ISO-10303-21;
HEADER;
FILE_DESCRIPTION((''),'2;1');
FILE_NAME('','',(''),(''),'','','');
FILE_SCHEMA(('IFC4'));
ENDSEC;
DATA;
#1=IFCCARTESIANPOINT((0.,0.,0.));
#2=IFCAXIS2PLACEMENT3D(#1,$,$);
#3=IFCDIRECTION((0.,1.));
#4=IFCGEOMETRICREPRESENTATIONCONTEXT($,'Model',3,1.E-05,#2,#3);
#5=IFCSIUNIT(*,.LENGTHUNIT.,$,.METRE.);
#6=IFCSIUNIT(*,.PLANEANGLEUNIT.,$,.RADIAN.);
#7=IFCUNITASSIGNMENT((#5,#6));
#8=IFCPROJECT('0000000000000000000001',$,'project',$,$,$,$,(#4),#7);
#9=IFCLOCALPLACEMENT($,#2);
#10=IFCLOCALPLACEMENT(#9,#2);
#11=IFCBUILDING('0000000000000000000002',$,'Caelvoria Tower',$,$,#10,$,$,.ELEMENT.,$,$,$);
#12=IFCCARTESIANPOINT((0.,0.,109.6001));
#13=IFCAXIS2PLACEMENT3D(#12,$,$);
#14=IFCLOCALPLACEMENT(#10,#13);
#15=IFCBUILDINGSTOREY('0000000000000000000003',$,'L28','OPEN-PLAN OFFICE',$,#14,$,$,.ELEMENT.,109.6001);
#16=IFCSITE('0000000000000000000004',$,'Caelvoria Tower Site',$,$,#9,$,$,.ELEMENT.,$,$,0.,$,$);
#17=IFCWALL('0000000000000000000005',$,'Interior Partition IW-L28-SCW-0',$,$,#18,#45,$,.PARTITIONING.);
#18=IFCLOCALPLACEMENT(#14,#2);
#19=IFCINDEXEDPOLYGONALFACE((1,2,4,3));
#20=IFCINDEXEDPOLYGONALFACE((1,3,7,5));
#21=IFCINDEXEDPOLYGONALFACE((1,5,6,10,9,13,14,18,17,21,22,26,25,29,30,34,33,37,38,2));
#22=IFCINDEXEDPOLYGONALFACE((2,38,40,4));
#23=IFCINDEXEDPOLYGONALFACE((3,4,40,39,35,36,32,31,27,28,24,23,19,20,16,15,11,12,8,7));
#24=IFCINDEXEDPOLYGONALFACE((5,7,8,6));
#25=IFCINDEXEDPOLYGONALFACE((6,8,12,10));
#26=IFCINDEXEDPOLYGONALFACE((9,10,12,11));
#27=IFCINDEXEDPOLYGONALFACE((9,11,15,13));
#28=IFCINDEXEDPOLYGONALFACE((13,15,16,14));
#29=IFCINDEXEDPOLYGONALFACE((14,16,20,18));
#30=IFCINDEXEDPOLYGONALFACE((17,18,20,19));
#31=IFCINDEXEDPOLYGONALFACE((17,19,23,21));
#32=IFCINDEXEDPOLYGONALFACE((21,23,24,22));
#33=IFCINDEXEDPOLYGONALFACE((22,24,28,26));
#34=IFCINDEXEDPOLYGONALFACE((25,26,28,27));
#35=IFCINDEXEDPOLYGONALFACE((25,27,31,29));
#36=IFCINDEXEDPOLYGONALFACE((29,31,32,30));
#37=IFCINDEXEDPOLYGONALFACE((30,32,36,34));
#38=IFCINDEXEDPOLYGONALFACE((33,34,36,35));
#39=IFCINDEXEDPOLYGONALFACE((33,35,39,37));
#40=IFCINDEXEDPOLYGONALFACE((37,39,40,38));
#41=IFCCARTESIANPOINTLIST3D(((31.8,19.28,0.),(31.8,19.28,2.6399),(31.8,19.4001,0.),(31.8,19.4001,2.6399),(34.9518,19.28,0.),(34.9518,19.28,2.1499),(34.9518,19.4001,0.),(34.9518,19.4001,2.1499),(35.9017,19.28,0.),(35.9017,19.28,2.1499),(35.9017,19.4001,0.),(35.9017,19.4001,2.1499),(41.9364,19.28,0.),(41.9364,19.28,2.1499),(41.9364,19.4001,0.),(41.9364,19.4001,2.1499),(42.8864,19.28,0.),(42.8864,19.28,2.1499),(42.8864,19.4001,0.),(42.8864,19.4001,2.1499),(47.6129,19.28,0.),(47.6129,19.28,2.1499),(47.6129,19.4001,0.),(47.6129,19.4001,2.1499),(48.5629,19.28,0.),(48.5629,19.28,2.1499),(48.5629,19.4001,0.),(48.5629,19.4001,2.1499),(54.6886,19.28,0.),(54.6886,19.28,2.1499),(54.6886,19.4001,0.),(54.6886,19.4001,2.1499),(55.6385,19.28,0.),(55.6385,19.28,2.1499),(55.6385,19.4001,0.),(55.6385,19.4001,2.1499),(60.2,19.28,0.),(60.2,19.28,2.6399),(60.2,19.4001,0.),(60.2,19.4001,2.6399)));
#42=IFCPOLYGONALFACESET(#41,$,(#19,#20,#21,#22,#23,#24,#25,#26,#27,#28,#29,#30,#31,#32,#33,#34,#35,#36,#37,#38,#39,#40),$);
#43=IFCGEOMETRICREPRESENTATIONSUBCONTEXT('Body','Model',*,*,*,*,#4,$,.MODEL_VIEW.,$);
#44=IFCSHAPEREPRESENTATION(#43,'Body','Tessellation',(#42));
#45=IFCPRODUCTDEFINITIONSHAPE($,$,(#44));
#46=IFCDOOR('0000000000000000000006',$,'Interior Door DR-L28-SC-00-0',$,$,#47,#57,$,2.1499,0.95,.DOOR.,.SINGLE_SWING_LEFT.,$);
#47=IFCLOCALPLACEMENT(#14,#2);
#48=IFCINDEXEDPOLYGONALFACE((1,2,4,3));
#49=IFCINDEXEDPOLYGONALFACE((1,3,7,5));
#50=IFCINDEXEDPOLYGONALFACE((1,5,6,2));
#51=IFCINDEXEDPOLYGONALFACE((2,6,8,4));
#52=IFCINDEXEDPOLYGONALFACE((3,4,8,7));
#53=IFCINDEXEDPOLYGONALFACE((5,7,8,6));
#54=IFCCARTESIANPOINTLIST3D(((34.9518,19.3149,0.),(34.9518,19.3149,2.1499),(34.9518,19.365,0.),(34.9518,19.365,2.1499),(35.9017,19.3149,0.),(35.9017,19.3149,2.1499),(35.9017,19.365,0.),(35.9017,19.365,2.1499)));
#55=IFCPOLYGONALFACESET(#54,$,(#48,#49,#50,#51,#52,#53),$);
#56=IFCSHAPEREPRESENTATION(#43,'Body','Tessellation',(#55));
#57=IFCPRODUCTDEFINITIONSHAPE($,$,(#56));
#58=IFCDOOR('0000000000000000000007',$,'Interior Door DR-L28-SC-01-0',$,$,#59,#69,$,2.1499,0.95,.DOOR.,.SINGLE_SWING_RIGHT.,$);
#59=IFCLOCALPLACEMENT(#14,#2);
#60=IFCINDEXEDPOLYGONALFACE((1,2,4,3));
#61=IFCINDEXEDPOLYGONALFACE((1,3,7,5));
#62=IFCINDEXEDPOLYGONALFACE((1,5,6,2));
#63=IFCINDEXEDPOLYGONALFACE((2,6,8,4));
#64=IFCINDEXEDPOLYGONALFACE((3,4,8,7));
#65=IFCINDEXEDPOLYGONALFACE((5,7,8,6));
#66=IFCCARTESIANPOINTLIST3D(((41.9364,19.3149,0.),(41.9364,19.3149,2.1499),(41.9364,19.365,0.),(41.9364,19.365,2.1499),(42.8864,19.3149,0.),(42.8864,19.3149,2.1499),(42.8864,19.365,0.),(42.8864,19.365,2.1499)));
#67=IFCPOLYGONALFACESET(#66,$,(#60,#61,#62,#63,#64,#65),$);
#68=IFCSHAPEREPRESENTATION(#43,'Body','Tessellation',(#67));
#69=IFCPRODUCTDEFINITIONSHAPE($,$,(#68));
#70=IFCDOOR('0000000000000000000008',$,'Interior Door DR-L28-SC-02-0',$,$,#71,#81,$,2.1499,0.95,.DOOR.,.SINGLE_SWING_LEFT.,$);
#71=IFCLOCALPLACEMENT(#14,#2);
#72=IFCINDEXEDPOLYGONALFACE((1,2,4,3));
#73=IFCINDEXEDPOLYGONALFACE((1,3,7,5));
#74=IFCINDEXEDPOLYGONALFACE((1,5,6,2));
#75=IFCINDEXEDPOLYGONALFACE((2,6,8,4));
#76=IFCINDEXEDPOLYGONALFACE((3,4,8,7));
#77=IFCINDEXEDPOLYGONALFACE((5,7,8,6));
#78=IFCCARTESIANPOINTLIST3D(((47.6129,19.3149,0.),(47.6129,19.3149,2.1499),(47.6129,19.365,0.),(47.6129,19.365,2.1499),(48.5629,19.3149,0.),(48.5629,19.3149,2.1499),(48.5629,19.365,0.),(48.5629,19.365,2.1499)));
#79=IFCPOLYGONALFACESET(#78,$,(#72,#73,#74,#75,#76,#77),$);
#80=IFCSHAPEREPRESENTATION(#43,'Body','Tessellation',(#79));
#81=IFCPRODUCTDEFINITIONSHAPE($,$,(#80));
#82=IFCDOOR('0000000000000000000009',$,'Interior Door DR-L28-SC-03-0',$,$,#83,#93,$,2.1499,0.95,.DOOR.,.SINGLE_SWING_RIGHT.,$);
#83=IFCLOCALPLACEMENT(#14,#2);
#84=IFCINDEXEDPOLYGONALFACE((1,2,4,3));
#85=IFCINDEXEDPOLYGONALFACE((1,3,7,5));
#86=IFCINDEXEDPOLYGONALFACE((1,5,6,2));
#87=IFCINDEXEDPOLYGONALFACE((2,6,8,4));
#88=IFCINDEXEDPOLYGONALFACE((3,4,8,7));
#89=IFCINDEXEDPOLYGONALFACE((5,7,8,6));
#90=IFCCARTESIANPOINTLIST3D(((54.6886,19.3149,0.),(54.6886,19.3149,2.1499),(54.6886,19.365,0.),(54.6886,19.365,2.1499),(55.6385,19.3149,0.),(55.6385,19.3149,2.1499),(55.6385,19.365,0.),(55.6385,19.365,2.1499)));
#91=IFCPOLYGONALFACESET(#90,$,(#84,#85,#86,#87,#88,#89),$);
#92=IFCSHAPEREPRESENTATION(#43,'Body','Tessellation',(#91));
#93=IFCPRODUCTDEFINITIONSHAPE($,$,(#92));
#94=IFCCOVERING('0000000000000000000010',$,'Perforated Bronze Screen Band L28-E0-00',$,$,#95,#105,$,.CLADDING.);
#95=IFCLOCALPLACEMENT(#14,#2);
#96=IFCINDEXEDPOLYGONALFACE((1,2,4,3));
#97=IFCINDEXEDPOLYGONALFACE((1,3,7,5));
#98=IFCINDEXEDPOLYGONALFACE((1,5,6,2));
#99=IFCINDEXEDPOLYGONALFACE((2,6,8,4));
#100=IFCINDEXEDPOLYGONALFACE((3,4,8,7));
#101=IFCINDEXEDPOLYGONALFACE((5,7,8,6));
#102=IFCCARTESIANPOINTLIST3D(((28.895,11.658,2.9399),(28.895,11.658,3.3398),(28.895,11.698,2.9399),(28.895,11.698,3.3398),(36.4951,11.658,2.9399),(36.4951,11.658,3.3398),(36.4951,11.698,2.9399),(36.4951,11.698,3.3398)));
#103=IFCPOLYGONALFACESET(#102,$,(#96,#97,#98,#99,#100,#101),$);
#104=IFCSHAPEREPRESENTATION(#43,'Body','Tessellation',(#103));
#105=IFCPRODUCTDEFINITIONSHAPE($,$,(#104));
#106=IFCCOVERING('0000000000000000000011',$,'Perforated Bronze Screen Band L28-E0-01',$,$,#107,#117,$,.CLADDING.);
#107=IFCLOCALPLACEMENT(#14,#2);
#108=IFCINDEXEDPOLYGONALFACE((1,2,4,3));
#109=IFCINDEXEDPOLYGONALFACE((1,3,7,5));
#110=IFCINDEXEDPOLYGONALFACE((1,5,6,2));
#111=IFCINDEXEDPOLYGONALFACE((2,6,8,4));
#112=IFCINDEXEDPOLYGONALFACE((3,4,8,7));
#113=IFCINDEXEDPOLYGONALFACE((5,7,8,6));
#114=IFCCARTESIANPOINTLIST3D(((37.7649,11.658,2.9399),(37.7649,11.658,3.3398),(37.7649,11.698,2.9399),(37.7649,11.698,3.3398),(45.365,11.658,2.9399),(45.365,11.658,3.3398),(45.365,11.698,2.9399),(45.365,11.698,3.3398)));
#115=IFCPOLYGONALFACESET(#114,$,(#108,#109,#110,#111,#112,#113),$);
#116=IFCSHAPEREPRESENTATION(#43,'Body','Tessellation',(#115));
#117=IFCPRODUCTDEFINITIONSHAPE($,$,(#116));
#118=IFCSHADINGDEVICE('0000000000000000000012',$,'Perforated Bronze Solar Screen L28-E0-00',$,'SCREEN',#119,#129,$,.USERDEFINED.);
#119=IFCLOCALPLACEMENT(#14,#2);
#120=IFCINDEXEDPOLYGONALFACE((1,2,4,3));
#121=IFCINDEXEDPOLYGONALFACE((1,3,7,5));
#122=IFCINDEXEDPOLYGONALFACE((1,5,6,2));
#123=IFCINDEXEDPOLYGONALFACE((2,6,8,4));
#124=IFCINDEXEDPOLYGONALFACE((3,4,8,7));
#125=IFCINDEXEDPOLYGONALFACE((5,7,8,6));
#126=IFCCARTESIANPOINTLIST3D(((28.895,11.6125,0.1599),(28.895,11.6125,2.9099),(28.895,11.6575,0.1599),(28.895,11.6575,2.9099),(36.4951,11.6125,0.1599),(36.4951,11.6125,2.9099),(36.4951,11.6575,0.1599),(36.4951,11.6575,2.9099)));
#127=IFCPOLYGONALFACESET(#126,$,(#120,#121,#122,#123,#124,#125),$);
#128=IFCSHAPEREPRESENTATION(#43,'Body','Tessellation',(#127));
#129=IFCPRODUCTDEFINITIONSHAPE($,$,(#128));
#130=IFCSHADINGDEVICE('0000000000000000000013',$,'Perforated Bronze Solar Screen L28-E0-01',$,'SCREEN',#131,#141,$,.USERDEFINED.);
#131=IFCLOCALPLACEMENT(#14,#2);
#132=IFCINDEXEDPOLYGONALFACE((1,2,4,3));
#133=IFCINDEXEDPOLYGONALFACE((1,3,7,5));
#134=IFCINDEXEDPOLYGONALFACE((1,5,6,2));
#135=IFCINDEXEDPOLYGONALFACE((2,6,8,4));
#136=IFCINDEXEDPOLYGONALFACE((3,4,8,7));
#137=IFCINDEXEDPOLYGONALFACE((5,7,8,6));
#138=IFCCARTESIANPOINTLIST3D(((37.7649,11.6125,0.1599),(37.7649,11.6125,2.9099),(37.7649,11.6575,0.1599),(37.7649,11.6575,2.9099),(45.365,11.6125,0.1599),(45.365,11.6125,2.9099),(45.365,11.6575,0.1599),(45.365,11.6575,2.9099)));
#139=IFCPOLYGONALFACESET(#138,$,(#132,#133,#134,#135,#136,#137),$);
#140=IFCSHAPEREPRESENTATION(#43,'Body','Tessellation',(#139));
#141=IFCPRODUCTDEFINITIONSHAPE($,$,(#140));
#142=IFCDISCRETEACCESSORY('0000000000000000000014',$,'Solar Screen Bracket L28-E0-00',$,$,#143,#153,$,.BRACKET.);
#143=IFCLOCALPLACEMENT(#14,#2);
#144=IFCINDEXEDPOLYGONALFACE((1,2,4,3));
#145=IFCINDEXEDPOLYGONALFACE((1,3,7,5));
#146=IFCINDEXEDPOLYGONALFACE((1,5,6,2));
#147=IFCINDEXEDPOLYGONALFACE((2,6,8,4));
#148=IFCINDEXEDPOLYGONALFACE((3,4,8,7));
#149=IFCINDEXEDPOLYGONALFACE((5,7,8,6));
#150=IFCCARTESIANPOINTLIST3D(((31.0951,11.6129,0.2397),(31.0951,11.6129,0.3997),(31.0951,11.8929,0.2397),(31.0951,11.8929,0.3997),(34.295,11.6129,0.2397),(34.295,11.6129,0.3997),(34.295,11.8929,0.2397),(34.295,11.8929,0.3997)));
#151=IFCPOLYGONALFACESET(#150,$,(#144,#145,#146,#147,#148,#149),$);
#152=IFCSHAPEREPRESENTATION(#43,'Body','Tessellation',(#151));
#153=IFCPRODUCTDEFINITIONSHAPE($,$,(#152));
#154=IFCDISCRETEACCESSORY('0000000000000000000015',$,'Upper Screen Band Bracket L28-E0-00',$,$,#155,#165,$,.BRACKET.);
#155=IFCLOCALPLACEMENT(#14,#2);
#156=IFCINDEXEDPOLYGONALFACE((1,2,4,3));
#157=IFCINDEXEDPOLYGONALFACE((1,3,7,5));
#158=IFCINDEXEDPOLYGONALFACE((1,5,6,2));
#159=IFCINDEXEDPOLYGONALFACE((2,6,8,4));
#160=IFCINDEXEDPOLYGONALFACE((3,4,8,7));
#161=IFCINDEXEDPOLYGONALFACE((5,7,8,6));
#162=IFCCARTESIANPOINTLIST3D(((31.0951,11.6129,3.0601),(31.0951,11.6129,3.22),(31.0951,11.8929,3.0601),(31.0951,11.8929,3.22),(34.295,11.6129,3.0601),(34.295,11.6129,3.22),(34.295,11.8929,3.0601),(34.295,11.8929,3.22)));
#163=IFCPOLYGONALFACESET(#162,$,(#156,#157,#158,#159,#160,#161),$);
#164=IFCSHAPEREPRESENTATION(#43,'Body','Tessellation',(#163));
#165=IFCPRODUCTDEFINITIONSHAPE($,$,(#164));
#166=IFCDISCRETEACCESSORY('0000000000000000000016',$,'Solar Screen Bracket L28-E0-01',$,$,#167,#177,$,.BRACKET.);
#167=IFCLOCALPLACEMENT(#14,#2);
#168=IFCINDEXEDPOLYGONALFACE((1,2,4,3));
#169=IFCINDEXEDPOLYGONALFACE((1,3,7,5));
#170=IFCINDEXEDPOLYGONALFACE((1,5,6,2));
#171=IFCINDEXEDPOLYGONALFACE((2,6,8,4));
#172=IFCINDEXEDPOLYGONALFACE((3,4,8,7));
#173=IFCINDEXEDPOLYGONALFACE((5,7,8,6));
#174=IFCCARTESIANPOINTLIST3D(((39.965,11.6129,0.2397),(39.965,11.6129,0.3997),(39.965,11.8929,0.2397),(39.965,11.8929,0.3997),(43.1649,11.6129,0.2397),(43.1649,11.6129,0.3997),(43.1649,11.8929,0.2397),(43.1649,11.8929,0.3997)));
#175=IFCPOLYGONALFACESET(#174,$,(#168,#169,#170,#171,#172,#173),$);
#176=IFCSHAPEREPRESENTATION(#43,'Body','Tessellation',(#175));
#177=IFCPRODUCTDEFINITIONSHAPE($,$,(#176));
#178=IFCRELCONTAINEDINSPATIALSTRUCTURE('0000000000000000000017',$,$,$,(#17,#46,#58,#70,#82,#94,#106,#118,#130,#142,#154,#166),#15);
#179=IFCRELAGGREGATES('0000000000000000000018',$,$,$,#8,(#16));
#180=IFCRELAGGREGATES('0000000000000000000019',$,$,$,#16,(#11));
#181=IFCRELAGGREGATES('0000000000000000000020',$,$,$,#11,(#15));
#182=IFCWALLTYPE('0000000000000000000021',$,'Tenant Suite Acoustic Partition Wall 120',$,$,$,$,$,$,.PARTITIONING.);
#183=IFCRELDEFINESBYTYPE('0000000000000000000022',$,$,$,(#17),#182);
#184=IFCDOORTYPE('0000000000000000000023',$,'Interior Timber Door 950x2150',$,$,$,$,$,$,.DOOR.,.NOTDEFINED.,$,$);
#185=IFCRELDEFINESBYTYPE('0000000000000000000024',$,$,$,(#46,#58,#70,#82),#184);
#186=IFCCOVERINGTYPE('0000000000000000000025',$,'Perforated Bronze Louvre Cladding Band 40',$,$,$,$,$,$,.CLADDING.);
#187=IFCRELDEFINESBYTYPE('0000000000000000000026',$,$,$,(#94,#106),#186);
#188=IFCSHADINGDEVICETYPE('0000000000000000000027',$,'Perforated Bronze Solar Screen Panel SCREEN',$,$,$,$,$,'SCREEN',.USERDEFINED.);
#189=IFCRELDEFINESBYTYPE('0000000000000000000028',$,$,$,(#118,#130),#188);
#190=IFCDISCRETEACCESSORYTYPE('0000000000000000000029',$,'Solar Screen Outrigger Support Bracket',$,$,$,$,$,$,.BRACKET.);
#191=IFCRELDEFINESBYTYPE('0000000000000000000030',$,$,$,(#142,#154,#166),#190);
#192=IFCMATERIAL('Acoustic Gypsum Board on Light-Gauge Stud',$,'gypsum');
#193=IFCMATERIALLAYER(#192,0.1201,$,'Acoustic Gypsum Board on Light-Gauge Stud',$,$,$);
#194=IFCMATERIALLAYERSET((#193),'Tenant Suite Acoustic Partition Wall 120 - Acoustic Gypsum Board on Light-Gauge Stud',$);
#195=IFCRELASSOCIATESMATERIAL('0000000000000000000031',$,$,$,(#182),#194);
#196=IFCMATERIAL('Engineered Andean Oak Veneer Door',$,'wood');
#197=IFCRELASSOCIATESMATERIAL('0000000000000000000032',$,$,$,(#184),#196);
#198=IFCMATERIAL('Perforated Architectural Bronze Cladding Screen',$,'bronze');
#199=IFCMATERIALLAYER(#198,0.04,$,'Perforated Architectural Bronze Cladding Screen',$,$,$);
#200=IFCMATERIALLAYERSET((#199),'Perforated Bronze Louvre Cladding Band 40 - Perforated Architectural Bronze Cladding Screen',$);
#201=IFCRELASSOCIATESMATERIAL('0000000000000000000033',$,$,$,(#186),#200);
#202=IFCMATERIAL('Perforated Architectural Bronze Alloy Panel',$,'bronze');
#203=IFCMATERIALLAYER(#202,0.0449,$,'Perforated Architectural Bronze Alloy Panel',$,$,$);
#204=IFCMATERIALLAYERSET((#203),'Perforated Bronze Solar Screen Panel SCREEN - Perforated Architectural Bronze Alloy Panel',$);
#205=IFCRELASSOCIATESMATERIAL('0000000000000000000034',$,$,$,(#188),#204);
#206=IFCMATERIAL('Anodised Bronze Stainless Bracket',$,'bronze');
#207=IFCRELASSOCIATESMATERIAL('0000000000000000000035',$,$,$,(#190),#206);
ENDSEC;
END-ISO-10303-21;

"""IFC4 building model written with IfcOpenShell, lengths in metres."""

from ifc_helpers import new_model, si_unit, direction, frame, frame_2d, origin, origin_2d, place, context, subcontext, project, spatial, rectangle, extrude, material, layer, layer_set, type_object, element, fill, save


model = new_model("IFC4")

# Units and contexts
model_context = context("Model", 3, precision=1e-05, world=origin(), true_north=direction((0.0, 1.0)))
body_context = subcontext(model_context, "Body", "Model", "MODEL_VIEW")
ifc_project = project(units=[si_unit("LENGTHUNIT", "METRE"), si_unit("PLANEANGLEUNIT", "RADIAN")], contexts=[model_context])

# Site, building, storey
site_placement = place(None, origin())
site = spatial("IfcSite", under=ifc_project, at=site_placement, Name="Caelvoria Tower Site", CompositionType="ELEMENT", RefElevation=0.0)
building_placement = place(site_placement, origin())
building = spatial("IfcBuilding", under=site, at=building_placement, Name="Caelvoria Tower", CompositionType="ELEMENT")
storey_placement = place(building_placement, frame((0.0, 0.0, 109.6001)))
storey = spatial("IfcBuildingStorey", under=building, at=storey_placement, Name="L28", Description="OPEN-PLAN OFFICE", CompositionType="ELEMENT", Elevation=109.6001)

# Wall, openings, doors
ifc_material_1 = material(Name="Acoustic Gypsum Board on Light-Gauge Stud", Category="gypsum")
ifc_layer_1 = layer(ifc_material_1, 0.1201, Name="Acoustic Gypsum Board on Light-Gauge Stud")
ifc_layer_set_1 = layer_set([ifc_layer_1], Name="Tenant Suite Acoustic Partition Wall 120 - Acoustic Gypsum Board on Light-Gauge Stud")
wall_type_1 = type_object("IfcWallType", Name="Tenant Suite Acoustic Partition Wall 120", PredefinedType="PARTITIONING", material=ifc_layer_set_1)
wall_1_placement = place(storey_placement, frame((31.8, 19.3401, 0.0), z_axis=(0.0, 0.0, 1.0), x_axis=(1.0, 0.0, 0.0)))
wall_1 = element("IfcWall", 1, at=wall_1_placement, inside=storey, type_object=wall_type_1, Name="Interior Partition IW-L28-SCW-0", PredefinedType="PARTITIONING", context=body_context, shape_type="SweptSolid", body=[
    extrude(rectangle(XDim=28.3999, YDim=0.1201, at=frame_2d((14.2, 0.0))), origin(), (0.0, 0.0, 1.0), 2.6399),
])
opening_1_placement = place(wall_1_placement, frame((3.1516, 0.0, 0.0)))
opening_1 = element("IfcOpeningElement", 2, at=opening_1_placement, cuts=wall_1, PredefinedType="OPENING", context=body_context, shape_type="SweptSolid", body=[
    extrude(rectangle(XDim=0.95, YDim=2.1499, at=frame_2d((0.4751, 1.075))), frame((0.0, 0.0701, 0.0), z_axis=(0.0, -1.0, 0.0), x_axis=(1.0, 0.0, 0.0)), (0.0, 0.0, 1.0), 0.1401),
])
opening_2_placement = place(wall_1_placement, frame((10.1362, 0.0, 0.0)))
opening_2 = element("IfcOpeningElement", 3, at=opening_2_placement, cuts=wall_1, PredefinedType="OPENING", context=body_context, shape_type="SweptSolid", body=[
    extrude(rectangle(XDim=0.95, YDim=2.1499, at=frame_2d((0.4751, 1.075))), frame((0.0, 0.0701, 0.0), z_axis=(0.0, -1.0, 0.0), x_axis=(1.0, 0.0, 0.0)), (0.0, 0.0, 1.0), 0.1401),
])
opening_3_placement = place(wall_1_placement, frame((15.8127, 0.0, 0.0)))
opening_3 = element("IfcOpeningElement", 4, at=opening_3_placement, cuts=wall_1, PredefinedType="OPENING", context=body_context, shape_type="SweptSolid", body=[
    extrude(rectangle(XDim=0.95, YDim=2.1499, at=frame_2d((0.4751, 1.075))), frame((0.0, 0.0701, 0.0), z_axis=(0.0, -1.0, 0.0), x_axis=(1.0, 0.0, 0.0)), (0.0, 0.0, 1.0), 0.1401),
])
opening_4_placement = place(wall_1_placement, frame((22.8884, 0.0, 0.0)))
opening_4 = element("IfcOpeningElement", 5, at=opening_4_placement, cuts=wall_1, PredefinedType="OPENING", context=body_context, shape_type="SweptSolid", body=[
    extrude(rectangle(XDim=0.95, YDim=2.1499, at=frame_2d((0.4751, 1.075))), frame((0.0, 0.0701, 0.0), z_axis=(0.0, -1.0, 0.0), x_axis=(1.0, 0.0, 0.0)), (0.0, 0.0, 1.0), 0.1401),
])
ifc_material_2 = material(Name="Engineered Andean Oak Veneer Door", Category="wood")
door_type = type_object("IfcDoorType", Name="Interior Timber Door 950x2150", OperationType="NOTDEFINED", PredefinedType="DOOR", material=ifc_material_2)
door_1_placement = place(opening_1_placement, origin())
door_1 = element("IfcDoor", 6, at=door_1_placement, inside=storey, type_object=door_type, Name="Interior Door DR-L28-SC-00-0", OperationType="SINGLE_SWING_LEFT", OverallHeight=2.1499, OverallWidth=0.95, PredefinedType="DOOR", context=body_context, shape_type="SweptSolid", body=[
    extrude(rectangle(XDim=0.95, YDim=2.1499, at=frame_2d((0.4751, 1.075))), frame((0.0, 0.0249, 0.0), z_axis=(0.0, -1.0, 0.0), x_axis=(1.0, 0.0, 0.0)), (0.0, 0.0, 1.0), 0.05),
])
fill(opening_1, door_1)
door_2_placement = place(opening_2_placement, origin())
door_2 = element("IfcDoor", 7, at=door_2_placement, inside=storey, type_object=door_type, Name="Interior Door DR-L28-SC-01-0", OperationType="SINGLE_SWING_RIGHT", OverallHeight=2.1499, OverallWidth=0.95, PredefinedType="DOOR", context=body_context, shape_type="SweptSolid", body=[
    extrude(rectangle(XDim=0.95, YDim=2.1499, at=frame_2d((0.4751, 1.075))), frame((0.0, 0.0249, 0.0), z_axis=(0.0, -1.0, 0.0), x_axis=(1.0, 0.0, 0.0)), (0.0, 0.0, 1.0), 0.05),
])
fill(opening_2, door_2)
door_3_placement = place(opening_3_placement, origin())
door_3 = element("IfcDoor", 8, at=door_3_placement, inside=storey, type_object=door_type, Name="Interior Door DR-L28-SC-02-0", OperationType="SINGLE_SWING_LEFT", OverallHeight=2.1499, OverallWidth=0.95, PredefinedType="DOOR", context=body_context, shape_type="SweptSolid", body=[
    extrude(rectangle(XDim=0.95, YDim=2.1499, at=frame_2d((0.4751, 1.075))), frame((0.0, 0.0249, 0.0), z_axis=(0.0, -1.0, 0.0), x_axis=(1.0, 0.0, 0.0)), (0.0, 0.0, 1.0), 0.05),
])
fill(opening_3, door_3)
door_4_placement = place(opening_4_placement, origin())
door_4 = element("IfcDoor", 9, at=door_4_placement, inside=storey, type_object=door_type, Name="Interior Door DR-L28-SC-03-0", OperationType="SINGLE_SWING_RIGHT", OverallHeight=2.1499, OverallWidth=0.95, PredefinedType="DOOR", context=body_context, shape_type="SweptSolid", body=[
    extrude(rectangle(XDim=0.95, YDim=2.1499, at=frame_2d((0.4751, 1.075))), frame((0.0, 0.0249, 0.0), z_axis=(0.0, -1.0, 0.0), x_axis=(1.0, 0.0, 0.0)), (0.0, 0.0, 1.0), 0.05),
])
fill(opening_4, door_4)

# Coverings
ifc_material_3 = material(Name="Perforated Architectural Bronze Cladding Screen", Category="bronze")
ifc_layer_2 = layer(ifc_material_3, 0.04, Name="Perforated Architectural Bronze Cladding Screen")
ifc_layer_set_2 = layer_set([ifc_layer_2], Name="Perforated Bronze Louvre Cladding Band 40 - Perforated Architectural Bronze Cladding Screen")
covering_type = type_object("IfcCoveringType", Name="Perforated Bronze Louvre Cladding Band 40", PredefinedType="CLADDING", material=ifc_layer_set_2)
for number, where, z_axis, x_axis, name in (
    (10, (32.6951, 11.678, 2.9399), (0.0, 0.0, 1.0), (1.0, 0.0, 0.0), "Perforated Bronze Screen Band L28-E0-00"),
    (11, (41.5649, 11.678, 2.9399), (0.0, 0.0, 1.0), (1.0, 0.0, 0.0), "Perforated Bronze Screen Band L28-E0-01"),
):
    element("IfcCovering", number, at=place(storey_placement, frame(where, z_axis=z_axis, x_axis=x_axis)), inside=storey, type_object=covering_type, Name=name, PredefinedType="CLADDING", context=body_context, shape_type="SweptSolid", body=[
        extrude(rectangle(XDim=7.6001, YDim=0.04, at=origin_2d()), origin(), (0.0, 0.0, 1.0), 0.3999),
    ])

# Shading devices
ifc_material_4 = material(Name="Perforated Architectural Bronze Alloy Panel", Category="bronze")
ifc_layer_3 = layer(ifc_material_4, 0.0449, Name="Perforated Architectural Bronze Alloy Panel")
ifc_layer_set_3 = layer_set([ifc_layer_3], Name="Perforated Bronze Solar Screen Panel SCREEN - Perforated Architectural Bronze Alloy Panel")
shading_device_type = type_object("IfcShadingDeviceType", Name="Perforated Bronze Solar Screen Panel SCREEN", ElementType="SCREEN", PredefinedType="USERDEFINED", material=ifc_layer_set_3)
for number, where, z_axis, x_axis, name in (
    (12, (32.6951, 11.635, 0.1599), (0.0, 0.0, 1.0), (1.0, 0.0, 0.0), "Perforated Bronze Solar Screen L28-E0-00"),
    (13, (41.5649, 11.635, 0.1599), (0.0, 0.0, 1.0), (1.0, 0.0, 0.0), "Perforated Bronze Solar Screen L28-E0-01"),
):
    element("IfcShadingDevice", number, at=place(storey_placement, frame(where, z_axis=z_axis, x_axis=x_axis)), inside=storey, type_object=shading_device_type, Name=name, ObjectType="SCREEN", PredefinedType="USERDEFINED", context=body_context, shape_type="SweptSolid", body=[
        extrude(rectangle(XDim=7.6001, YDim=0.0449, at=origin_2d()), origin(), (0.0, 0.0, 1.0), 2.75),
    ])

# Discrete accessories
ifc_material_5 = material(Name="Anodised Bronze Stainless Bracket", Category="bronze")
discrete_accessory_type = type_object("IfcDiscreteAccessoryType", Name="Solar Screen Outrigger Support Bracket", PredefinedType="BRACKET", material=ifc_material_5)
for number, where, z_axis, x_axis, name in (
    (14, (32.6951, 11.7529, 0.2397), (0.0, 0.0, 1.0), (1.0, 0.0, 0.0), "Solar Screen Bracket L28-E0-00"),
    (15, (32.6951, 11.7529, 3.0601), (0.0, 0.0, 1.0), (1.0, 0.0, 0.0), "Upper Screen Band Bracket L28-E0-00"),
    (16, (41.5649, 11.7529, 0.2397), (0.0, 0.0, 1.0), (1.0, 0.0, 0.0), "Solar Screen Bracket L28-E0-01"),
):
    element("IfcDiscreteAccessory", number, at=place(storey_placement, frame(where, z_axis=z_axis, x_axis=x_axis)), inside=storey, type_object=discrete_accessory_type, Name=name, PredefinedType="BRACKET", context=body_context, shape_type="SweptSolid", body=[
        extrude(rectangle(XDim=3.2, YDim=0.28, at=origin_2d()), origin(), (0.0, 0.0, 1.0), 0.1599),
    ])

save(model, "model.ifc")
